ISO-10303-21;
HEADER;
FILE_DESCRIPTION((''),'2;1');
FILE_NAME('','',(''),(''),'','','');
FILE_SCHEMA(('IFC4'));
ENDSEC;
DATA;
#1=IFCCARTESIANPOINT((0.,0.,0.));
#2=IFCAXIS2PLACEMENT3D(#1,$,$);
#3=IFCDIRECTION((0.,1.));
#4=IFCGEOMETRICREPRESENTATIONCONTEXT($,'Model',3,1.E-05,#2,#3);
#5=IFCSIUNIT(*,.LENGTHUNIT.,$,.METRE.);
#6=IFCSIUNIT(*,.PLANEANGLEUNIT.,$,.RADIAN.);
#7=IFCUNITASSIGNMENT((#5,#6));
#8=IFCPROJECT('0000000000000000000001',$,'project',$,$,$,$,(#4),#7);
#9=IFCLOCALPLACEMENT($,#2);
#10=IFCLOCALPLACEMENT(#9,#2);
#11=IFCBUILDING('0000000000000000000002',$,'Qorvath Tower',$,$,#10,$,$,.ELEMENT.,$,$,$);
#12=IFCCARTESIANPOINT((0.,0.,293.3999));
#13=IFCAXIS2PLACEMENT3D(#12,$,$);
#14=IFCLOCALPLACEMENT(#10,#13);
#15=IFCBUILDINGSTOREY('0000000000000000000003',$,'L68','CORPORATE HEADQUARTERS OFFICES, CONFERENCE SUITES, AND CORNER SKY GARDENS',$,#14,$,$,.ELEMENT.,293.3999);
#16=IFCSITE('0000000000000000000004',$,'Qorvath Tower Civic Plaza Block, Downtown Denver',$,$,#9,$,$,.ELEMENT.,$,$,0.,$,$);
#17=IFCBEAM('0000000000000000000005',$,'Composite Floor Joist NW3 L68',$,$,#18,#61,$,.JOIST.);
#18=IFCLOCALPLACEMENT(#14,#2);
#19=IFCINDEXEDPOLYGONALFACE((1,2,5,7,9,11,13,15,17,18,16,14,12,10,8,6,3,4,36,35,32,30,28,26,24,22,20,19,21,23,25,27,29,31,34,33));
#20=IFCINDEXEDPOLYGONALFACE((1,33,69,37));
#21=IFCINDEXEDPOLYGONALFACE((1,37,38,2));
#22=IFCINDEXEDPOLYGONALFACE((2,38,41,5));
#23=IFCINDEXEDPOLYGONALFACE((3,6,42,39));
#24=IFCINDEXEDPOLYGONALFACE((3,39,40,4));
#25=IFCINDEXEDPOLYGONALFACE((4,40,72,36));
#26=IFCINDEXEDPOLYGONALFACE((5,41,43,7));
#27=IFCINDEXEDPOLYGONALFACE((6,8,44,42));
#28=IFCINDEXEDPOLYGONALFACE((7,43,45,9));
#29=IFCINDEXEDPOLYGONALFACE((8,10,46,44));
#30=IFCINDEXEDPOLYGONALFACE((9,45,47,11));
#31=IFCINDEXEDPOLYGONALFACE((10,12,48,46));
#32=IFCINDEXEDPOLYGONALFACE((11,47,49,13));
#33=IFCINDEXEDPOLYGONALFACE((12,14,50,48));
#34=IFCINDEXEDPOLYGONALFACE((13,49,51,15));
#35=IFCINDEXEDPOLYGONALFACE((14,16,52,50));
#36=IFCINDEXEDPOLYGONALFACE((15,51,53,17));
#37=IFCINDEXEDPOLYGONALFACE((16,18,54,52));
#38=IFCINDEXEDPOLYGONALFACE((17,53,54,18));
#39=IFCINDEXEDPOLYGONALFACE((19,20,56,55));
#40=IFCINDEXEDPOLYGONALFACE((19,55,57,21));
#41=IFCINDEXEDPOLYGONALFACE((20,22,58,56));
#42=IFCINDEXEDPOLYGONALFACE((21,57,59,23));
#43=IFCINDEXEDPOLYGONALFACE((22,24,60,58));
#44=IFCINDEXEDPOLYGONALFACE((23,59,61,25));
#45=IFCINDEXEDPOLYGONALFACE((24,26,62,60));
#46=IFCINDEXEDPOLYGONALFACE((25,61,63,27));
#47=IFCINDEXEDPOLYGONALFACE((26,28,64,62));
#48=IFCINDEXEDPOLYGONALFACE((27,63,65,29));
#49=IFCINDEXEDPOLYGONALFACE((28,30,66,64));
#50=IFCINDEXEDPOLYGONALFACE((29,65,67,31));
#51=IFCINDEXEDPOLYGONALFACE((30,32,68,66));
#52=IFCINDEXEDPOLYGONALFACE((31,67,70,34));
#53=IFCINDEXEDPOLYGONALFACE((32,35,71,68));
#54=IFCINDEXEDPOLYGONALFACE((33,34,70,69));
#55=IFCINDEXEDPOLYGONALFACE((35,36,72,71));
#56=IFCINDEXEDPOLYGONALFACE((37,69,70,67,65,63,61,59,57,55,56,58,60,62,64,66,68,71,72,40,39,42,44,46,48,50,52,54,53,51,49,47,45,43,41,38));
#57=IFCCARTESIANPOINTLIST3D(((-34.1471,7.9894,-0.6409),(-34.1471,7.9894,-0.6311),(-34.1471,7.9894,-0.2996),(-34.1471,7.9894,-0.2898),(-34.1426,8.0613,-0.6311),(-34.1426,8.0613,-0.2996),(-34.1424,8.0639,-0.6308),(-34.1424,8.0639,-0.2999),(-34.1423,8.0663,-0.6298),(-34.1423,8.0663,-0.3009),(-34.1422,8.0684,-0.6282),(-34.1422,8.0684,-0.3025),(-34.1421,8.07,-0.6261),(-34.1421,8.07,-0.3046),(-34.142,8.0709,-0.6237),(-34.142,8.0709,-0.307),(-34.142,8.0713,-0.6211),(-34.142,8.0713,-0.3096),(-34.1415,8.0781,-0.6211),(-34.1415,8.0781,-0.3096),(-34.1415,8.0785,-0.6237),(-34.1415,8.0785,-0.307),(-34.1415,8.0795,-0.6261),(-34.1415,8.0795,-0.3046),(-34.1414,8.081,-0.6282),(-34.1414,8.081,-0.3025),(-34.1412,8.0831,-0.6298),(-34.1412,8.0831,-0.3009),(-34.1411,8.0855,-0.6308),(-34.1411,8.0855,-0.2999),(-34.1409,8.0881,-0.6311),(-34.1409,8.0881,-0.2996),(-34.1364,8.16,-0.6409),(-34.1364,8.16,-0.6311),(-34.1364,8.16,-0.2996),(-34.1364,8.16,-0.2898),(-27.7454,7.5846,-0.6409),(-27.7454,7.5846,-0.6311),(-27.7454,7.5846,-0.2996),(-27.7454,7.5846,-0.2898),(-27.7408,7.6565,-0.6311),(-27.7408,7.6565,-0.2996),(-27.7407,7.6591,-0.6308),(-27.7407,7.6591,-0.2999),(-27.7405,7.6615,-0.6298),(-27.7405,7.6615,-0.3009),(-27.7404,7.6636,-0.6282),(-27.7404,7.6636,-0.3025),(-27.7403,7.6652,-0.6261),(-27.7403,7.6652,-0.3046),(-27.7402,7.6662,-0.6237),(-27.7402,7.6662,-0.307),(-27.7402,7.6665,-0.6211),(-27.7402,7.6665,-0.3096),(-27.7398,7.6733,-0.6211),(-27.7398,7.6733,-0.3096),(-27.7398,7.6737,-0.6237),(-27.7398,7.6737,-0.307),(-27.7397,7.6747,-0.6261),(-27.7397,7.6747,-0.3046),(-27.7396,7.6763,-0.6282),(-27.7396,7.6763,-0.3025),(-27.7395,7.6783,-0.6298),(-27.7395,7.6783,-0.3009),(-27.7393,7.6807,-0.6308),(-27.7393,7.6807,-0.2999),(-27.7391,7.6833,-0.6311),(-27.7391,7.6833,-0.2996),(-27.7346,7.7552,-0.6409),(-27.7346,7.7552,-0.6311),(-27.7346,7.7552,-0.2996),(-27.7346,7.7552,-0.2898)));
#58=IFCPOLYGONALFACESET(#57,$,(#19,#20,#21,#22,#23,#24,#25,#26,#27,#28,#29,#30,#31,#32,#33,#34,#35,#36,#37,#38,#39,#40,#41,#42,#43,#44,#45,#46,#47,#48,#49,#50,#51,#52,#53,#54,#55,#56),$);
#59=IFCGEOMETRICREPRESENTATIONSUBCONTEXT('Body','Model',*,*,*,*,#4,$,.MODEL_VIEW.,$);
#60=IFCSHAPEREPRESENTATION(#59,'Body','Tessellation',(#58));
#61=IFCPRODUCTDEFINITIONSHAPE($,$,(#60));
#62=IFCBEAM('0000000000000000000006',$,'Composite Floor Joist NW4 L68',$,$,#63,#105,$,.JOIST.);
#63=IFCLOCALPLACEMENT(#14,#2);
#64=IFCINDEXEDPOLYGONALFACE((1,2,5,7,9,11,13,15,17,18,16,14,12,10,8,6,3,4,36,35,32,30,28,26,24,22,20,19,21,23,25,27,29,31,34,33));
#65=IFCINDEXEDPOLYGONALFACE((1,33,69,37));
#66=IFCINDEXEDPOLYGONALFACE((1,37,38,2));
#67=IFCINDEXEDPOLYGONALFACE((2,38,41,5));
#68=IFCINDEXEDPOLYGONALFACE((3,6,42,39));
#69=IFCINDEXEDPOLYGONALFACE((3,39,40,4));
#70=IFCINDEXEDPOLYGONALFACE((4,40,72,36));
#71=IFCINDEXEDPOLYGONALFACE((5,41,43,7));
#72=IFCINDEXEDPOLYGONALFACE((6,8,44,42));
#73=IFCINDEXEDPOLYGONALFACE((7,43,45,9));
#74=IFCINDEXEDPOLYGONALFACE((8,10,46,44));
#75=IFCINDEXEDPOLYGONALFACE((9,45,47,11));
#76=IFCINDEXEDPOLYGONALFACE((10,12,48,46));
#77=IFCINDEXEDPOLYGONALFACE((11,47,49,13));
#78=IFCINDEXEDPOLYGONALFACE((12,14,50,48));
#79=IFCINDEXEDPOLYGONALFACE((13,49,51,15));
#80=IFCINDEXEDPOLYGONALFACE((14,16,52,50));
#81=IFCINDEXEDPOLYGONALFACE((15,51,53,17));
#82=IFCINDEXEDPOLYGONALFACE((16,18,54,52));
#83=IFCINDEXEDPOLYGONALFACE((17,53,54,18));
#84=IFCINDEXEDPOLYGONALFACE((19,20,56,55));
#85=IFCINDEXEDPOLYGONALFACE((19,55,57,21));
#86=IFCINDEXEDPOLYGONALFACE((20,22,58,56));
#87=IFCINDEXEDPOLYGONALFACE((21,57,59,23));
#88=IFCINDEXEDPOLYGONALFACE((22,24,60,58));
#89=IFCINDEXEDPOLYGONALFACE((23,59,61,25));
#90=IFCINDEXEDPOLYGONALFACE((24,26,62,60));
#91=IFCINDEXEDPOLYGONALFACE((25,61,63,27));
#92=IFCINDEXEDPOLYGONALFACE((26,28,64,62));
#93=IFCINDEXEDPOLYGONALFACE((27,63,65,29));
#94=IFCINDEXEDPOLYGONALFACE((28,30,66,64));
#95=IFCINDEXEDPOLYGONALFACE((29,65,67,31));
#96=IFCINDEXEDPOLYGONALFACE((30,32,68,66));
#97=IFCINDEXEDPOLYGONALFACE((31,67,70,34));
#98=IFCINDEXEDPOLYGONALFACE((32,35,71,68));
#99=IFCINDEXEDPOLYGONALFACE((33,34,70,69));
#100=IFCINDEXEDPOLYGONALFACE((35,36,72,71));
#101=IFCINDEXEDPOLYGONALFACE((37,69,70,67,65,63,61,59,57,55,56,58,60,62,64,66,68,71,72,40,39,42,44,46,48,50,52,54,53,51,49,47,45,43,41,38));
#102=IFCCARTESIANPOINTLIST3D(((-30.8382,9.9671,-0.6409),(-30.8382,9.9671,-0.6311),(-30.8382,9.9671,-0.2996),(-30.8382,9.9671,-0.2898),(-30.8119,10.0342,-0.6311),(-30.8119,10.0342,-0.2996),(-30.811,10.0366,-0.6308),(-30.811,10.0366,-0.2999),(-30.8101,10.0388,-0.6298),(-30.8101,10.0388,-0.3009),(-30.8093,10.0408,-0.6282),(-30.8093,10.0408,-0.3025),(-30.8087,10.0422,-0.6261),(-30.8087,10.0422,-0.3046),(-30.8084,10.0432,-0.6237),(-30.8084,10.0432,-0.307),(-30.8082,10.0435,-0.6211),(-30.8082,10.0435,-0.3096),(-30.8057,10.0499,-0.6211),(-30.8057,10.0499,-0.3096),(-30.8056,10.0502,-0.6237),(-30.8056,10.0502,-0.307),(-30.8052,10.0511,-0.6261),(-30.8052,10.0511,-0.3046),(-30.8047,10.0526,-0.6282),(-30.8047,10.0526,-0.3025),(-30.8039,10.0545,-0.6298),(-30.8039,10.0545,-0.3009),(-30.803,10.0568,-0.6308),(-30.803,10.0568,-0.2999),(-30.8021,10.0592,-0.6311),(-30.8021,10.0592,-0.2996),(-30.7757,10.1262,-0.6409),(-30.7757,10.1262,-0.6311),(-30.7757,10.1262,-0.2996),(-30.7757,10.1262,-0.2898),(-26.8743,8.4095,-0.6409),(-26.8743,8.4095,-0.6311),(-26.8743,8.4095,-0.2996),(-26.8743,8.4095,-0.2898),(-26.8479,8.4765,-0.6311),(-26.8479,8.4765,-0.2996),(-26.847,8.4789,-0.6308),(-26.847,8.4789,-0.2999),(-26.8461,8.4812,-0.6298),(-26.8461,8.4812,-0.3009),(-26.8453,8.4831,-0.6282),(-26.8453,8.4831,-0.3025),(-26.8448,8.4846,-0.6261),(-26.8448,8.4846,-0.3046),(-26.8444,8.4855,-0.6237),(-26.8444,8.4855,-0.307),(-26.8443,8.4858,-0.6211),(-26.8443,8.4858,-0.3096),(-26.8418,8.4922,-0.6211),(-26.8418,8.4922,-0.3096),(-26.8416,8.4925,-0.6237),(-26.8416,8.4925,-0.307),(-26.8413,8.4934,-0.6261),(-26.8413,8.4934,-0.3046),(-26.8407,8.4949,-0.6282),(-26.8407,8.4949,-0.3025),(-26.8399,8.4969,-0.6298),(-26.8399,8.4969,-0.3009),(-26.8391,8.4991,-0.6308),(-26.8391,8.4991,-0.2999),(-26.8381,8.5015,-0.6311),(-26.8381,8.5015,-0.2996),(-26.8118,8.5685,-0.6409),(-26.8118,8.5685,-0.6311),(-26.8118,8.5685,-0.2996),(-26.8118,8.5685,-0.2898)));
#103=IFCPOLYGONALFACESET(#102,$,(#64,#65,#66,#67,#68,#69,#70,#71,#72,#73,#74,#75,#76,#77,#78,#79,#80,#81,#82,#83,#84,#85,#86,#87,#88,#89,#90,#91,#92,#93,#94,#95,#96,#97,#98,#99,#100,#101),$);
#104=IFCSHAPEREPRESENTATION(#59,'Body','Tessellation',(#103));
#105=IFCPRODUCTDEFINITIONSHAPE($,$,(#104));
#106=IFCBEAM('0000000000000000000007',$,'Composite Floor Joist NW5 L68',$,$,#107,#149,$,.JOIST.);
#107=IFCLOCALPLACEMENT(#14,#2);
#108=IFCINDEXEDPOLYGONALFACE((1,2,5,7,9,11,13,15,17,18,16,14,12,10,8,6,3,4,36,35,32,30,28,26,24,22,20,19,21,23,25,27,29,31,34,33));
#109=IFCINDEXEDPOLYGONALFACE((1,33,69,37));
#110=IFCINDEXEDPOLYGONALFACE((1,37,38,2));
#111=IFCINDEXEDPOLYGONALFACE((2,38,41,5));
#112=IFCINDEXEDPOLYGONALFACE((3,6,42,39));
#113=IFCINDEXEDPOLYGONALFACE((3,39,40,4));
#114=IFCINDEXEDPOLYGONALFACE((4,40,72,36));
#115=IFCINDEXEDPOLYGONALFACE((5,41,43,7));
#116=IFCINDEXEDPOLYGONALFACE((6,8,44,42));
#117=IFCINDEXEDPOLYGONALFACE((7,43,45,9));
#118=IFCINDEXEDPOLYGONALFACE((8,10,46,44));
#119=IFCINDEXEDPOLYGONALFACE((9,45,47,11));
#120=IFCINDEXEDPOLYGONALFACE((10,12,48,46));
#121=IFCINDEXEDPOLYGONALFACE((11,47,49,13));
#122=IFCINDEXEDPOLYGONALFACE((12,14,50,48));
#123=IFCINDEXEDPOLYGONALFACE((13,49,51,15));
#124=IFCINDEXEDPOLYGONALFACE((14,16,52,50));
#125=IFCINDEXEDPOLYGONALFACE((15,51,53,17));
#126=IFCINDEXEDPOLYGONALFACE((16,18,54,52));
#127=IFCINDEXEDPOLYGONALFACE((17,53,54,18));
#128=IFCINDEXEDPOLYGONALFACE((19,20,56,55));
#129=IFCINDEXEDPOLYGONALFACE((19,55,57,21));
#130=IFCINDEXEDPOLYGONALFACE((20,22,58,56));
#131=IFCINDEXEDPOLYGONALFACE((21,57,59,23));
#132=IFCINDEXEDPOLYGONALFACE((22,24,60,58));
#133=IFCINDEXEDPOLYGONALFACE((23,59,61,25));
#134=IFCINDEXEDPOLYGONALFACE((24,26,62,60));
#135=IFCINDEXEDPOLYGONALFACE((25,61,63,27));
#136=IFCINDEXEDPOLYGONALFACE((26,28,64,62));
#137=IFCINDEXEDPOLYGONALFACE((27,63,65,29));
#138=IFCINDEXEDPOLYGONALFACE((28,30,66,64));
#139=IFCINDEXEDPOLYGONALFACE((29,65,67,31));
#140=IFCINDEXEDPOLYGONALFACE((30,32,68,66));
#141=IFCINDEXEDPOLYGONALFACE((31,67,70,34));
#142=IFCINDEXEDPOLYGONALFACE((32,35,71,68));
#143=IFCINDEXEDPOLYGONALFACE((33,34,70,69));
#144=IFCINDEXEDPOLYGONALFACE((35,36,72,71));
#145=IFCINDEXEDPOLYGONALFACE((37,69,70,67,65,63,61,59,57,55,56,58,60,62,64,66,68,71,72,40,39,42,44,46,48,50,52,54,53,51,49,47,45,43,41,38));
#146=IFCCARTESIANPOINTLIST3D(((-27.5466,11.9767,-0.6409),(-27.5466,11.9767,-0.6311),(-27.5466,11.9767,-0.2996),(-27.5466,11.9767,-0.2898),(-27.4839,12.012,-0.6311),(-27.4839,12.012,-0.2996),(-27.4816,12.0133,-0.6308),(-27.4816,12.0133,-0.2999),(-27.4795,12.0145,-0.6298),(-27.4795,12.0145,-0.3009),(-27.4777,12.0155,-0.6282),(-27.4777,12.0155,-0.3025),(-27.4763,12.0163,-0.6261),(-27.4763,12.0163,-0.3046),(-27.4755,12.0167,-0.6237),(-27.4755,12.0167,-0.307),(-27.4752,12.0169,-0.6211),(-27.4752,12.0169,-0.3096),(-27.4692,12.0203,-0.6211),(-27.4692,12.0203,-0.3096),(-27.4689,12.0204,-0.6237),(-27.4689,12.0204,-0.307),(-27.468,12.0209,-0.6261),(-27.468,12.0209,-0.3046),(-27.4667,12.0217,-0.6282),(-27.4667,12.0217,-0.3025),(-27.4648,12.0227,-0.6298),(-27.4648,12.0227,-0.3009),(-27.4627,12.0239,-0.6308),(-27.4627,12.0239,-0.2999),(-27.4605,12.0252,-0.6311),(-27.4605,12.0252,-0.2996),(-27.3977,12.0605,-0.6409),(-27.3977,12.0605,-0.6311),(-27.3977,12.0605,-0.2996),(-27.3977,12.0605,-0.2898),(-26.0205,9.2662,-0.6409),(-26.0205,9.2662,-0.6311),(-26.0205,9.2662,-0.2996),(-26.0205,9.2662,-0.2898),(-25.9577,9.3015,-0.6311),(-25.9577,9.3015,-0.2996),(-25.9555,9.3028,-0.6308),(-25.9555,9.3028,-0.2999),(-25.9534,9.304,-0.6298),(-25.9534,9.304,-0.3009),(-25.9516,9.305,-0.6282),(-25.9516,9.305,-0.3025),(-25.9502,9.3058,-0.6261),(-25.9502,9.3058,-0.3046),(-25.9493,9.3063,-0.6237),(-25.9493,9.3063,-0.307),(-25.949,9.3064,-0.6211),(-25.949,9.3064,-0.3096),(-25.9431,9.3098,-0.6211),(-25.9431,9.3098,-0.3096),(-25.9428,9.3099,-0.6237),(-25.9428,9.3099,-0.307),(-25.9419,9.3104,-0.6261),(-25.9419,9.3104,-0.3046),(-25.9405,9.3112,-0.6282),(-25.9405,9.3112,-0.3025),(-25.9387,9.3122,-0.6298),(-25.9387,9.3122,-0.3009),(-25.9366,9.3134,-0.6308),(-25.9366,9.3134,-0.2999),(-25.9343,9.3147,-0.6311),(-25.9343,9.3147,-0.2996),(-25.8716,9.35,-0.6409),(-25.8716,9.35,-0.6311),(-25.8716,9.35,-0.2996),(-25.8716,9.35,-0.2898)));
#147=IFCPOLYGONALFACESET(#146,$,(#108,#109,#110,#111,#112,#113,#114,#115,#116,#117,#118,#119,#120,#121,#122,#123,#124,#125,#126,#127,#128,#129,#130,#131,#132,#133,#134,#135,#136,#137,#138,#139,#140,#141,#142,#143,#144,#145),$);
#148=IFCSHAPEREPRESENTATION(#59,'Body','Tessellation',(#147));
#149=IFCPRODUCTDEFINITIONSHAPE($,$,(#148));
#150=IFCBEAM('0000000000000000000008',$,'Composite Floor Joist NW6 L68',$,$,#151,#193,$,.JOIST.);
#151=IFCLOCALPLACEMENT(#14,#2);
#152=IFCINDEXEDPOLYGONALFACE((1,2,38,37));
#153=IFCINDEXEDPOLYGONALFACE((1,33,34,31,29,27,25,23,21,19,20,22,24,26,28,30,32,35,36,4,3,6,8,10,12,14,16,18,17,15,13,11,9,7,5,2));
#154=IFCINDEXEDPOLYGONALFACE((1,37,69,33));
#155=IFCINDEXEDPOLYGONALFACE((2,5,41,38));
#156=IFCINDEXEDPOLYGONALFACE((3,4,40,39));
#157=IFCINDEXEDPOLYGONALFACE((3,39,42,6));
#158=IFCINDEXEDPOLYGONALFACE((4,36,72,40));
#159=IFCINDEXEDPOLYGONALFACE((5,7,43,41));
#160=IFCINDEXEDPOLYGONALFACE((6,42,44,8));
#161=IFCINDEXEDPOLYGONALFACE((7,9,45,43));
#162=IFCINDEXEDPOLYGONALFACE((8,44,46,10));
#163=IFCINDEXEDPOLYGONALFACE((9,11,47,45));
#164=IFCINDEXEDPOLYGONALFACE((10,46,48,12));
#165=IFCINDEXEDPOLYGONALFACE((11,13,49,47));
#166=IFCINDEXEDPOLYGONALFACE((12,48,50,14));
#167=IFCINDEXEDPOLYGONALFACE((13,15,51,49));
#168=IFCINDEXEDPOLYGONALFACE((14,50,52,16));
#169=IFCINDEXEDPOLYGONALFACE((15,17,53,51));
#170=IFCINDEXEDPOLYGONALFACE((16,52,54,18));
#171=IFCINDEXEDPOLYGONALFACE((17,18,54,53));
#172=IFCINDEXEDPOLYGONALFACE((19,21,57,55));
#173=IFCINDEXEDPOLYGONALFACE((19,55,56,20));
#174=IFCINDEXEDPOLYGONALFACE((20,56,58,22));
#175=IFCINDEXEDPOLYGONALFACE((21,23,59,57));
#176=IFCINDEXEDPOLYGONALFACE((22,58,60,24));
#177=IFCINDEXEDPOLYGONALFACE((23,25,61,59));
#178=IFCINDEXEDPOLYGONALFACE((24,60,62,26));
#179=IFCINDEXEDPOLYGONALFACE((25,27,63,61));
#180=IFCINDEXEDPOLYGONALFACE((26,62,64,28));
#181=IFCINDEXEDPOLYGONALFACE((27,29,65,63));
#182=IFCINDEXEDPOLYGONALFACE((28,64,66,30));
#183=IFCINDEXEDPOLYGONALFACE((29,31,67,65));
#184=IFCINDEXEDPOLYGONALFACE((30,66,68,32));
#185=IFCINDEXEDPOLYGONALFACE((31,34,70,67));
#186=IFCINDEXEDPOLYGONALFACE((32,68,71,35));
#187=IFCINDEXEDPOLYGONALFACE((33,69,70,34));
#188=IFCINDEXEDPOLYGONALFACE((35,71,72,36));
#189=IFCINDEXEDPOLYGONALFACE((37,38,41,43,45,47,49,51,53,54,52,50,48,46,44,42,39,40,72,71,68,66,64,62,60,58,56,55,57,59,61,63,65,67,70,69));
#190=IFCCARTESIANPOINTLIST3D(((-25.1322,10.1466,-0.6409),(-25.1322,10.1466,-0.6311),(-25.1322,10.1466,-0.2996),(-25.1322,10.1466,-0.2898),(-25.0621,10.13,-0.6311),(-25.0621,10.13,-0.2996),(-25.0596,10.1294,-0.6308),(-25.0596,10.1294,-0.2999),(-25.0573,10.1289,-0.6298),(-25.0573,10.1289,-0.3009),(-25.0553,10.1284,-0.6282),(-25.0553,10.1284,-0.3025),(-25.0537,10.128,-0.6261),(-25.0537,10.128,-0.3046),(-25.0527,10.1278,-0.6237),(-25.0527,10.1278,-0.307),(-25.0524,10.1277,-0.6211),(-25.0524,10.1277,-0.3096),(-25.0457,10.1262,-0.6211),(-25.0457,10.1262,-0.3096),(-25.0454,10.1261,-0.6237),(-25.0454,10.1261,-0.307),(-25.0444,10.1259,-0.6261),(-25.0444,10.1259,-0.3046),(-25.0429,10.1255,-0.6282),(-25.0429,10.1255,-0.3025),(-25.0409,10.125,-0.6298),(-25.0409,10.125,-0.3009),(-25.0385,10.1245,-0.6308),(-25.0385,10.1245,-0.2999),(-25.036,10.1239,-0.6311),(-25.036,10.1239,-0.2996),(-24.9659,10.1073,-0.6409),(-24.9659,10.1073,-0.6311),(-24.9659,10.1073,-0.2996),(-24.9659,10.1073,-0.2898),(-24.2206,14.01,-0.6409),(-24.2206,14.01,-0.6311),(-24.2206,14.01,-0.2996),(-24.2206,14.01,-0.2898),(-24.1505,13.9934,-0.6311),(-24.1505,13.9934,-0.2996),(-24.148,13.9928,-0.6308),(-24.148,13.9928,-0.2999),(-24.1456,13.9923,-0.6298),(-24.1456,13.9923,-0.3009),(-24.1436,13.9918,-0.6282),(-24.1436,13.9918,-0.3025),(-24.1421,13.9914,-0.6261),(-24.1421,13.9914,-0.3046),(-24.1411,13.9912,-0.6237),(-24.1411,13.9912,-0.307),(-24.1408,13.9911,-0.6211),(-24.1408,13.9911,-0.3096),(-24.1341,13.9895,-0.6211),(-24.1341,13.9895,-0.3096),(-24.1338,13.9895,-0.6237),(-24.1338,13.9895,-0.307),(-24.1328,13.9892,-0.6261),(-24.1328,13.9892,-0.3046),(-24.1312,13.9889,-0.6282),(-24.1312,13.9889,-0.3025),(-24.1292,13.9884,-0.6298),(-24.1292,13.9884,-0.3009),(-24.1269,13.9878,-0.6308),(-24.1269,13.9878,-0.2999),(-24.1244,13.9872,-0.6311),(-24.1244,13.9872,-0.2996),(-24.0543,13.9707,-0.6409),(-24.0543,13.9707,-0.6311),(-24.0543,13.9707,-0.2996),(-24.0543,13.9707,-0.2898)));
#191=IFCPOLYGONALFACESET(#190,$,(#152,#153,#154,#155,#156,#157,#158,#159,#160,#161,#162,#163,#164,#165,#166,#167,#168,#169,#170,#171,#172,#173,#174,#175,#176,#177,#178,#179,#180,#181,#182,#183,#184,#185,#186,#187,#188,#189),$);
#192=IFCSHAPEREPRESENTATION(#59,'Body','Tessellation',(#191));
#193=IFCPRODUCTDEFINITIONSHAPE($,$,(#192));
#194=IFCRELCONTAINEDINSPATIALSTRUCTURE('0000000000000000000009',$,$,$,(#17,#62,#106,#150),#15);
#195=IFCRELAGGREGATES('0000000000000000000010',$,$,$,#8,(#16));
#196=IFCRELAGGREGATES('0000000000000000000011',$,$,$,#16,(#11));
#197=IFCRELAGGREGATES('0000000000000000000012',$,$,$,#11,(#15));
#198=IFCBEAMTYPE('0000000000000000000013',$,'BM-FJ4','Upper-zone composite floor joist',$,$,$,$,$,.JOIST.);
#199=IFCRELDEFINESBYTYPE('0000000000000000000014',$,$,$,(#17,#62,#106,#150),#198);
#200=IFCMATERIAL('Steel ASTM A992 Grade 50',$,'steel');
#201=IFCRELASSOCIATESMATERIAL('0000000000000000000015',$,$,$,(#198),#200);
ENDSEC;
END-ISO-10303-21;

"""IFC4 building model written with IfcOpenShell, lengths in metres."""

from ifc_helpers import new_model, si_unit, direction, frame, origin, origin_2d, place, context, subcontext, project, spatial, i_section, extrude, material, material_profile, profile_set, type_object, element, save


model = new_model("IFC4")

# Units and contexts
model_context = context("Model", 3, precision=1e-05, world=origin(), true_north=direction((0.0, 1.0)))
body_context = subcontext(model_context, "Body", "Model", "MODEL_VIEW")
ifc_project = project(units=[si_unit("LENGTHUNIT", "METRE"), si_unit("PLANEANGLEUNIT", "RADIAN")], contexts=[model_context])

# Site, building, storey
site_placement = place(None, origin())
site = spatial("IfcSite", under=ifc_project, at=site_placement, Name="Qorvath Tower Civic Plaza Block, Downtown Denver", CompositionType="ELEMENT", RefElevation=0.0)
building_placement = place(site_placement, origin())
building = spatial("IfcBuilding", under=site, at=building_placement, Name="Qorvath Tower", CompositionType="ELEMENT")
storey_placement = place(building_placement, frame((0.0, 0.0, 293.3999)))
storey = spatial("IfcBuildingStorey", under=building, at=storey_placement, Name="L68", Description="CORPORATE HEADQUARTERS OFFICES, CONFERENCE SUITES, AND CORNER SKY GARDENS", CompositionType="ELEMENT", Elevation=293.3999)

# Beams
ifc_material_1 = material(Name="Steel ASTM A992 Grade 50", Category="steel")
ifc_material_profile_1 = material_profile(ifc_material_1, i_section(OverallWidth=0.1709, OverallDepth=0.3511, WebThickness=0.0068, FlangeThickness=0.0098, FilletRadius=0.01, at=origin_2d()), Name="W14x30")
ifc_profile_set_1 = profile_set([ifc_material_profile_1], Name="Steel ASTM A992 Grade 50")
beam_type_1 = type_object("IfcBeamType", Name="BM-FJ4", Description="Upper-zone composite floor joist", PredefinedType="JOIST", material=ifc_profile_set_1)
beam_1_placement = place(storey_placement, frame((-27.74, 7.6699, -0.4653), z_axis=(-0.998007, 0.063103, 0.0), x_axis=(-0.063103, -0.998007, 0.0)))
element("IfcBeam", 1, at=beam_1_placement, inside=storey, type_object=beam_type_1, Name="Composite Floor Joist NW3 L68", PredefinedType="JOIST", context=body_context, shape_type="SweptSolid", body=[
    extrude(i_section(OverallWidth=0.1709, OverallDepth=0.3511, WebThickness=0.0068, FlangeThickness=0.0098, FilletRadius=0.01, at=origin_2d()), origin(), (0.0, 0.0, 1.0), 6.4146),
])
beam_2_placement = place(storey_placement, frame((-26.843, 8.489, -0.4653), z_axis=(-0.930721, 0.36573, 0.0), x_axis=(-0.36573, -0.930721, 0.0)))
element("IfcBeam", 2, at=beam_2_placement, inside=storey, type_object=beam_type_1, Name="Composite Floor Joist NW4 L68", PredefinedType="JOIST", context=body_context, shape_type="SweptSolid", body=[
    extrude(i_section(OverallWidth=0.1709, OverallDepth=0.3511, WebThickness=0.0068, FlangeThickness=0.0098, FilletRadius=0.01, at=origin_2d()), origin(), (0.0, 0.0, 1.0), 4.259),
])
beam_3_placement = place(storey_placement, frame((-25.946, 9.3081, -0.4653), z_axis=(-0.490626, 0.87137, 0.0), x_axis=(-0.87137, -0.490626, 0.0)))
element("IfcBeam", 3, at=beam_3_placement, inside=storey, type_object=beam_type_1, Name="Composite Floor Joist NW5 L68", PredefinedType="JOIST", context=body_context, shape_type="SweptSolid", body=[
    extrude(i_section(OverallWidth=0.1709, OverallDepth=0.3511, WebThickness=0.0068, FlangeThickness=0.0098, FilletRadius=0.01, at=origin_2d()), origin(), (0.0, 0.0, 1.0), 3.1106),
])
beam_4_placement = place(storey_placement, frame((-25.0491, 10.127, -0.4653), z_axis=(0.229663, 0.97327, 0.0), x_axis=(-0.97327, 0.229663, 0.0)))
element("IfcBeam", 4, at=beam_4_placement, inside=storey, type_object=beam_type_1, Name="Composite Floor Joist NW6 L68", PredefinedType="JOIST", context=body_context, shape_type="SweptSolid", body=[
    extrude(i_section(OverallWidth=0.1709, OverallDepth=0.3511, WebThickness=0.0068, FlangeThickness=0.0098, FilletRadius=0.01, at=origin_2d()), origin(), (0.0, 0.0, 1.0), 3.9695),
])

save(model, "model.ifc")
